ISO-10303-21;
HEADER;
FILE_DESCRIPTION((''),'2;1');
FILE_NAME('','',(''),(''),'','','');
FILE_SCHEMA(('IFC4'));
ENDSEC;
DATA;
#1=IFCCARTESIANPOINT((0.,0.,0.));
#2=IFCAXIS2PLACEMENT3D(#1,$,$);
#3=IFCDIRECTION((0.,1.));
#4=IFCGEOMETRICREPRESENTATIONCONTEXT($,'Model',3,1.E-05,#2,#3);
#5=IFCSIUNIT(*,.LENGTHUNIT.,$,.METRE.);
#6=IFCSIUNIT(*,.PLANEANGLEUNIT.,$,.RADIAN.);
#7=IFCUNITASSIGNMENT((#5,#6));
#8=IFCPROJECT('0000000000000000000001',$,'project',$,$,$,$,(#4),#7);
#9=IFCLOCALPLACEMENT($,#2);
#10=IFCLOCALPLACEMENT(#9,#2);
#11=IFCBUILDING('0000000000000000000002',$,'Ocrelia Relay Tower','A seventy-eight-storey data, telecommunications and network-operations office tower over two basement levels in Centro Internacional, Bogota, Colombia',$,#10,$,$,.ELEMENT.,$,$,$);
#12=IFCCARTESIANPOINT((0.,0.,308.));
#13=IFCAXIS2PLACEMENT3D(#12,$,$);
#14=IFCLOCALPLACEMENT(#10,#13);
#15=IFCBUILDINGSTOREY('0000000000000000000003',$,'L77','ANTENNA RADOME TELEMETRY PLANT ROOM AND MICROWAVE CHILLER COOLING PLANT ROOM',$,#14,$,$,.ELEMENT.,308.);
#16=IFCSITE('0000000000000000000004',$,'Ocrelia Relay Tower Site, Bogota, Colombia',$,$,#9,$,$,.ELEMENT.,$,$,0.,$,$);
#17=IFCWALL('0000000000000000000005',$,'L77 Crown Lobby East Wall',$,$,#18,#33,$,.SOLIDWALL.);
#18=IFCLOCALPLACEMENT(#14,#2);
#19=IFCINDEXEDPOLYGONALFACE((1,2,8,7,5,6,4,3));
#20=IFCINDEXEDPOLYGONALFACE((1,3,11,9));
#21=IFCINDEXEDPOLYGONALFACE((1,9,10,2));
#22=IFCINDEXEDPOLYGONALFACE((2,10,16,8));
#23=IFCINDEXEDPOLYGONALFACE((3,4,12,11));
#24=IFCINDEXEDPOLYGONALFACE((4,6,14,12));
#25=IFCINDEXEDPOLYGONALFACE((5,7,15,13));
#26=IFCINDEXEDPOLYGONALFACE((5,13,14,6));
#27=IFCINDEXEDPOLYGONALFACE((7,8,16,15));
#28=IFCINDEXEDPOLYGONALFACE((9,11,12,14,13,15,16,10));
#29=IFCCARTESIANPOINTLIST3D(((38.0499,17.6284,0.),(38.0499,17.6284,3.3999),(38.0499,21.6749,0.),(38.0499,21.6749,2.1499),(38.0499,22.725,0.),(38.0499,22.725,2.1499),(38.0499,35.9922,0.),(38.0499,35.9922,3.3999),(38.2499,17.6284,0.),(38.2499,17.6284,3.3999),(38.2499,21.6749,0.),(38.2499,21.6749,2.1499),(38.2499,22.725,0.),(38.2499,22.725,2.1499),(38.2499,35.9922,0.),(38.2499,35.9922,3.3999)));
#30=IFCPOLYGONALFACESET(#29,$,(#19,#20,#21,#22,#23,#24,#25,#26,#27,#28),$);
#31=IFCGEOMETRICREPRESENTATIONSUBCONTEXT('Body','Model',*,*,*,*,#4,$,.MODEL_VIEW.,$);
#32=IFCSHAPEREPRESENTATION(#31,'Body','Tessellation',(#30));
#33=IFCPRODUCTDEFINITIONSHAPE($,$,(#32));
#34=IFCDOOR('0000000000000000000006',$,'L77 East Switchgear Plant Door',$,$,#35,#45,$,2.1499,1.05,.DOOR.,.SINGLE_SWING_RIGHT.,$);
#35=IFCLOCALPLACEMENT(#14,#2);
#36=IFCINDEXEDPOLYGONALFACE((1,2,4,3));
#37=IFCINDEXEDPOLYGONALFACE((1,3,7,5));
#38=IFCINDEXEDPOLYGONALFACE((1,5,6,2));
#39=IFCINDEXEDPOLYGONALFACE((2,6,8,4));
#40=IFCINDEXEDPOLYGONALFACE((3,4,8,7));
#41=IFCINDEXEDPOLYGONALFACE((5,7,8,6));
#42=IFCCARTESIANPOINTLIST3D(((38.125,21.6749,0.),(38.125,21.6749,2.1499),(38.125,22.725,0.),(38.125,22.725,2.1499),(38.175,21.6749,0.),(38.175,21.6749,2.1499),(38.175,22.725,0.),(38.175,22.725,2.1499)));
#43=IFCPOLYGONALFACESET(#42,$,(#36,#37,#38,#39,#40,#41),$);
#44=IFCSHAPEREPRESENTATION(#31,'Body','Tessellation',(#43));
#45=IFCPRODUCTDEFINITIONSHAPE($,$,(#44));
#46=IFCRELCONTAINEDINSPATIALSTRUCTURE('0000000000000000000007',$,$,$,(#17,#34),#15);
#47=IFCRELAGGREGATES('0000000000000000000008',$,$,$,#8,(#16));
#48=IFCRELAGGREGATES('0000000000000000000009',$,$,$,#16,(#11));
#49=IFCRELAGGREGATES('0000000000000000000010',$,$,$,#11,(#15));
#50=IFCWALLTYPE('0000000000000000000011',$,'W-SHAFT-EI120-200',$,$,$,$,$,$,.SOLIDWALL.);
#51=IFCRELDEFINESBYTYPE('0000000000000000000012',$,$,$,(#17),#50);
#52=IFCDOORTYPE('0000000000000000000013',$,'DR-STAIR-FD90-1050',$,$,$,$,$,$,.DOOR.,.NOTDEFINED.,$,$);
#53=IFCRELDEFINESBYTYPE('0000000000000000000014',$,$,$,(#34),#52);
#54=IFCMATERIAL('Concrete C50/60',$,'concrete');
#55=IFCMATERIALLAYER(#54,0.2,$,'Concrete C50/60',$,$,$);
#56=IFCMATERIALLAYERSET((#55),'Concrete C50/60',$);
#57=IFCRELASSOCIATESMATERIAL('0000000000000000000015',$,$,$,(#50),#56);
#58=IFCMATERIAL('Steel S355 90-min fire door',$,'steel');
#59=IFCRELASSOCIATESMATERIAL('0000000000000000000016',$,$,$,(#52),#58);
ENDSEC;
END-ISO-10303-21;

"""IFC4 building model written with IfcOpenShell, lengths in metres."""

from ifc_helpers import new_model, si_unit, direction, frame, frame_2d, origin, place, context, subcontext, project, spatial, rectangle, extrude, material, layer, layer_set, type_object, element, fill, save


model = new_model("IFC4")

# Units and contexts
model_context = context("Model", 3, precision=1e-05, world=origin(), true_north=direction((0.0, 1.0)))
body_context = subcontext(model_context, "Body", "Model", "MODEL_VIEW")
ifc_project = project(units=[si_unit("LENGTHUNIT", "METRE"), si_unit("PLANEANGLEUNIT", "RADIAN")], contexts=[model_context])

# Site, building, storey
site_placement = place(None, origin())
site = spatial("IfcSite", under=ifc_project, at=site_placement, Name="Ocrelia Relay Tower Site, Bogota, Colombia", CompositionType="ELEMENT", RefElevation=0.0)
building_placement = place(site_placement, origin())
building = spatial("IfcBuilding", under=site, at=building_placement, Name="Ocrelia Relay Tower", Description="A seventy-eight-storey data, telecommunications and network-operations office tower over two basement levels in Centro Internacional, Bogota, Colombia", CompositionType="ELEMENT")
storey_placement = place(building_placement, frame((0.0, 0.0, 308.0)))
storey = spatial("IfcBuildingStorey", under=building, at=storey_placement, Name="L77", Description="ANTENNA RADOME TELEMETRY PLANT ROOM AND MICROWAVE CHILLER COOLING PLANT ROOM", CompositionType="ELEMENT", Elevation=308.0)

# Shared definitions
ifc_material_1 = material(Name="Concrete C50/60", Category="concrete")

# Wall, opening, door
ifc_layer_1 = layer(ifc_material_1, 0.2, Name="Concrete C50/60")
ifc_layer_set_1 = layer_set([ifc_layer_1], Name="Concrete C50/60")
wall_type = type_object("IfcWallType", Name="W-SHAFT-EI120-200", PredefinedType="SOLIDWALL", material=ifc_layer_set_1)
wall_placement = place(storey_placement, frame((38.1499, 17.6284, 0.0), z_axis=(0.0, 0.0, 1.0), x_axis=(0.0, 1.0, 0.0)))
wall = element("IfcWall", 1, at=wall_placement, inside=storey, type_object=wall_type, Name="L77 Crown Lobby East Wall", PredefinedType="SOLIDWALL", context=body_context, shape_type="SweptSolid", body=[
    extrude(rectangle(XDim=18.3638, YDim=0.2, at=frame_2d((9.1819, 0.0))), origin(), (0.0, 0.0, 1.0), 3.3999),
])
opening_placement = place(wall_placement, frame((4.0466, 0.0, 0.0)))
opening = element("IfcOpeningElement", 2, at=opening_placement, cuts=wall, PredefinedType="OPENING", context=body_context, shape_type="SweptSolid", body=[
    extrude(rectangle(XDim=1.05, YDim=2.1499, at=frame_2d((0.5249, 1.075))), frame((0.0, 0.1099, 0.0), z_axis=(0.0, -1.0, 0.0), x_axis=(1.0, 0.0, 0.0)), (0.0, 0.0, 1.0), 0.22),
])
ifc_material_2 = material(Name="Steel S355 90-min fire door", Category="steel")
door_type = type_object("IfcDoorType", Name="DR-STAIR-FD90-1050", OperationType="NOTDEFINED", PredefinedType="DOOR", material=ifc_material_2)
door_placement = place(opening_placement, origin())
door = element("IfcDoor", 3, at=door_placement, inside=storey, type_object=door_type, Name="L77 East Switchgear Plant Door", OperationType="SINGLE_SWING_RIGHT", OverallHeight=2.1499, OverallWidth=1.05, PredefinedType="DOOR", context=body_context, shape_type="SweptSolid", body=[
    extrude(rectangle(XDim=1.05, YDim=2.1499, at=frame_2d((0.5249, 1.075))), frame((0.0, 0.0249, 0.0), z_axis=(0.0, -1.0, 0.0), x_axis=(1.0, 0.0, 0.0)), (0.0, 0.0, 1.0), 0.05),
])
fill(opening, door)

save(model, "model.ifc")
